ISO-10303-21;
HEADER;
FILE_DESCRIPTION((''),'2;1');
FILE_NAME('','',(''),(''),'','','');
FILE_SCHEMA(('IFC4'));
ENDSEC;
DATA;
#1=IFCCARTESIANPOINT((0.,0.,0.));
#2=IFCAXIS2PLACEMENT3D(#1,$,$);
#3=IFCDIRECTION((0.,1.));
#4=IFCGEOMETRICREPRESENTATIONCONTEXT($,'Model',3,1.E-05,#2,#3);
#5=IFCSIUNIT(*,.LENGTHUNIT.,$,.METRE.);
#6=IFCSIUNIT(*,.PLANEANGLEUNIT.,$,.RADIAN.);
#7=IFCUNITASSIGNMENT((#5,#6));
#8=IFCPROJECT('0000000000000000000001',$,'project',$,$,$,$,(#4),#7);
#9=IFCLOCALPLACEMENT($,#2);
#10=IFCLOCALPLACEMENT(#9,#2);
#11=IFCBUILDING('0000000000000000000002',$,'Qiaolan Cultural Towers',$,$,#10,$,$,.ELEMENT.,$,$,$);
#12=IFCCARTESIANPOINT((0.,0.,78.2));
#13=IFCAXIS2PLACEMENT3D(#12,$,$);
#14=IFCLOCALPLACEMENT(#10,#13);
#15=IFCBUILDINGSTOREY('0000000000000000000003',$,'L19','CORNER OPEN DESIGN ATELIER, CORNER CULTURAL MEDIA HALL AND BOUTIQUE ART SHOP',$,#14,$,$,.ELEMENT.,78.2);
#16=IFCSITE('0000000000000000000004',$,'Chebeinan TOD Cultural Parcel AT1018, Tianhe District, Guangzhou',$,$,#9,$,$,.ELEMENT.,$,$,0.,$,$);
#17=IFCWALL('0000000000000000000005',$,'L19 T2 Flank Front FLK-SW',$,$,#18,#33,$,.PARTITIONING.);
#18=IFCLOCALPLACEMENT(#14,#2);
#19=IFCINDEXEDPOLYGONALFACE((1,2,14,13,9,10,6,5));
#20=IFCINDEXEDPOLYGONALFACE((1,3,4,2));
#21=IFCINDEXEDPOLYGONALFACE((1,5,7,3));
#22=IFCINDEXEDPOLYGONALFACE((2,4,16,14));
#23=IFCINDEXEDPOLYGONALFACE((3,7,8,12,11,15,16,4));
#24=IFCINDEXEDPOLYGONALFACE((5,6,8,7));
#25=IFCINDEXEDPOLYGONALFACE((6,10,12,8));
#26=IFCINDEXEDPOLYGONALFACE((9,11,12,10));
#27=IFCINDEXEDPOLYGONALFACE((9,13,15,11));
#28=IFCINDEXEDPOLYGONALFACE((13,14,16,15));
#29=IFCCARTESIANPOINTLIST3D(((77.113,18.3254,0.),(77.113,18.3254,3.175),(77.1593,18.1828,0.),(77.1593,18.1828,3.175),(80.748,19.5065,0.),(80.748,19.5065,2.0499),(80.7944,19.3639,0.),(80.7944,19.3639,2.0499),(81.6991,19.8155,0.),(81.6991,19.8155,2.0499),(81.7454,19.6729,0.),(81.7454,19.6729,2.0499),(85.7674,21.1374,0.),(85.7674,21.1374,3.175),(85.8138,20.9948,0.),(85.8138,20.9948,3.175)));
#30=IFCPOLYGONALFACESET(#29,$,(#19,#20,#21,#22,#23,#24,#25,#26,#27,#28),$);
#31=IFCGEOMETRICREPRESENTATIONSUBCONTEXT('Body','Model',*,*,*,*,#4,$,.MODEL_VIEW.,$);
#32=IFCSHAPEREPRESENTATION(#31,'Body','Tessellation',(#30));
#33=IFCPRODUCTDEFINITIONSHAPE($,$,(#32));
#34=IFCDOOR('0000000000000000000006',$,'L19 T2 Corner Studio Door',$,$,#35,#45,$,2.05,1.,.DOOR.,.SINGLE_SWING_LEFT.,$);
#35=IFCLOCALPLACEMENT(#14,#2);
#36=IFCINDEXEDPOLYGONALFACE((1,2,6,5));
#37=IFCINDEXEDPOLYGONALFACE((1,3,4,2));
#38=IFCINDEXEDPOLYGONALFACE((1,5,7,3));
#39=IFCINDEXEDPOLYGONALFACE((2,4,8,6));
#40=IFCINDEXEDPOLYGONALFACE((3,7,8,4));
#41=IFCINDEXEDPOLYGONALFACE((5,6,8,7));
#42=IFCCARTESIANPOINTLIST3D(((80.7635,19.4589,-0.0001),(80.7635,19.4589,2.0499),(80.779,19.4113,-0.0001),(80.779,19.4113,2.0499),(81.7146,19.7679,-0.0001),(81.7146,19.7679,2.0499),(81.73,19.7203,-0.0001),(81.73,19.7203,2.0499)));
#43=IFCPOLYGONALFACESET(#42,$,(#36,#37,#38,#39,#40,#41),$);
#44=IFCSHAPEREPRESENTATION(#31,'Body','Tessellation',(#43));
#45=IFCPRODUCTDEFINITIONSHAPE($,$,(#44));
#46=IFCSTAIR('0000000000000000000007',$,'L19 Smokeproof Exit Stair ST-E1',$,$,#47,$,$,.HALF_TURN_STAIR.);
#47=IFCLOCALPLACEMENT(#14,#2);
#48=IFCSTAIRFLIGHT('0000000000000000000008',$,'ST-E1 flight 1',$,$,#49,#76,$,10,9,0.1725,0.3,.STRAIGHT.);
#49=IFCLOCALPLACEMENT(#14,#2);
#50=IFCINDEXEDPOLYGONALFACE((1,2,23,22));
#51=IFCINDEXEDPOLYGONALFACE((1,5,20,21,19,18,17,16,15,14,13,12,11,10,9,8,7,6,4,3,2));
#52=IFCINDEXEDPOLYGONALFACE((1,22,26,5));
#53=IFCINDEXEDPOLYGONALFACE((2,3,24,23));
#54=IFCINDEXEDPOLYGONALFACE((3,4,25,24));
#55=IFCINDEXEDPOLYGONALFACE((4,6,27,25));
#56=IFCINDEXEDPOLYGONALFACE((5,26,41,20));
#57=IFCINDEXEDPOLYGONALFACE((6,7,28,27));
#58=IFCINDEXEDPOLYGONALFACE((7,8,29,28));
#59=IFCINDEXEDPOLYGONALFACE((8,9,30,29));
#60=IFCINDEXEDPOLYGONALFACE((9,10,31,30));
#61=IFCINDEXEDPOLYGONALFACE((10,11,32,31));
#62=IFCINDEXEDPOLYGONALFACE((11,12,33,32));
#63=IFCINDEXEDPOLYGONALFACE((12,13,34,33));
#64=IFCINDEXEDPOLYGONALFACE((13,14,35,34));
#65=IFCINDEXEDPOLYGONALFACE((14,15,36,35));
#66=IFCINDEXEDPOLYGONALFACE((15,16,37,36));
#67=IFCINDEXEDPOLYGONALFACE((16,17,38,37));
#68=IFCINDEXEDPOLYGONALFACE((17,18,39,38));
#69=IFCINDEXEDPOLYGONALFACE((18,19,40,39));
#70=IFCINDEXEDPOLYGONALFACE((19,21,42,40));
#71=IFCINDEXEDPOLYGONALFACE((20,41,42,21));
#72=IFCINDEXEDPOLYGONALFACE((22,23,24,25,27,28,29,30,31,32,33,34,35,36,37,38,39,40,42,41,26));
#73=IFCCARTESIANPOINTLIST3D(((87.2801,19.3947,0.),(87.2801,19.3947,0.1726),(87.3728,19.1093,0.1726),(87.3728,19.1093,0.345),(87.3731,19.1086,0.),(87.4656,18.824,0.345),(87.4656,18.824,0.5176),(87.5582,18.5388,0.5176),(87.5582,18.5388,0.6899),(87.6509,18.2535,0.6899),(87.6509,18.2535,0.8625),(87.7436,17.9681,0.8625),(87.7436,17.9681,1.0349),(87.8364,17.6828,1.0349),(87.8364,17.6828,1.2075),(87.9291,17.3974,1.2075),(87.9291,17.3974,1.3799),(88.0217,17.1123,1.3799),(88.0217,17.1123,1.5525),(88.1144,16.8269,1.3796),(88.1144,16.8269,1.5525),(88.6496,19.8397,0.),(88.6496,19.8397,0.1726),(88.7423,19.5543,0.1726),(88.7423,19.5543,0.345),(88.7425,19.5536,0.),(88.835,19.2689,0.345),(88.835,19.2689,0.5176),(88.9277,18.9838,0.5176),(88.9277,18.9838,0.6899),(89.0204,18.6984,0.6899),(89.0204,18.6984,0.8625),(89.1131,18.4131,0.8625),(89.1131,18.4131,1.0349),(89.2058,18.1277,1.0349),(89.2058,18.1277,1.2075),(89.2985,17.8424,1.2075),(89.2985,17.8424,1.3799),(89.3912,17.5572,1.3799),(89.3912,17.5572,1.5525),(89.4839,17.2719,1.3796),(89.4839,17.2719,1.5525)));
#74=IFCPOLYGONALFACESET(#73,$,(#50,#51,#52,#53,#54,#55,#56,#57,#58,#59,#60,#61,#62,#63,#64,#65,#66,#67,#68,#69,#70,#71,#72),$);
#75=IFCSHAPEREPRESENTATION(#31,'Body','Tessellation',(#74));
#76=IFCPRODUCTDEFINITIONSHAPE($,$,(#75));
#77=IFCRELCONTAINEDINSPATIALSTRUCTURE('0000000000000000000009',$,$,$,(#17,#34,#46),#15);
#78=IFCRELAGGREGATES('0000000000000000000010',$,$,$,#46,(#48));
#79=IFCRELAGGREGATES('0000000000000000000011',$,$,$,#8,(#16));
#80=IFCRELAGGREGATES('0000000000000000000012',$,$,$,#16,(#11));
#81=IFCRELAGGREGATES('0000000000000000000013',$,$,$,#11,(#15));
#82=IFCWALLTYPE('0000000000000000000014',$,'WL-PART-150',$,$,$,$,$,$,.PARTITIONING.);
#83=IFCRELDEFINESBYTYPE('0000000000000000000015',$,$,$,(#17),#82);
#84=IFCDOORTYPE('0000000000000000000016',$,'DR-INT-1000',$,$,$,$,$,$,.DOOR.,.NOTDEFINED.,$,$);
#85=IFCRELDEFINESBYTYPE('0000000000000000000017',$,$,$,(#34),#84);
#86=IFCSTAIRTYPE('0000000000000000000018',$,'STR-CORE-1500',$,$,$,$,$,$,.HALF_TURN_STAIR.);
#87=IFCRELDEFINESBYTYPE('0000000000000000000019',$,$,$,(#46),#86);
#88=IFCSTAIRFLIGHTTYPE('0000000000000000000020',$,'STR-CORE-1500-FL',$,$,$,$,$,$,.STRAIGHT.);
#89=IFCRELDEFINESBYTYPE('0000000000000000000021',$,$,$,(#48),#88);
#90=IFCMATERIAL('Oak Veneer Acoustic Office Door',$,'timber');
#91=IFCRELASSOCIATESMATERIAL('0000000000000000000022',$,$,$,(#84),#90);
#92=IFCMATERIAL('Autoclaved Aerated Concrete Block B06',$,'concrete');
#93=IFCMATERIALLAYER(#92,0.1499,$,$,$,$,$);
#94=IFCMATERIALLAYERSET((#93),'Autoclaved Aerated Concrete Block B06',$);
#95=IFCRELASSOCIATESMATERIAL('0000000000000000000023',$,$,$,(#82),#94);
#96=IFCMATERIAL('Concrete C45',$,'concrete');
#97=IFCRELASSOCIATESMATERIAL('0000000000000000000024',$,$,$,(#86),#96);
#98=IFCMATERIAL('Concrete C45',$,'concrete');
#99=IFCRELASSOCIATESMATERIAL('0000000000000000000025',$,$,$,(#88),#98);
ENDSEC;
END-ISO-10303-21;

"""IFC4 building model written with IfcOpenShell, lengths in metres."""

from ifc_helpers import new_model, si_unit, direction, frame, frame_2d, origin, place, context, subcontext, project, spatial, polyline, rectangle, outline, extrude, material, layer, layer_set, type_object, element, fill, aggregate, save


model = new_model("IFC4")

# Units and contexts
model_context = context("Model", 3, precision=1e-05, world=origin(), true_north=direction((0.0, 1.0)))
body_context = subcontext(model_context, "Body", "Model", "MODEL_VIEW")
ifc_project = project(units=[si_unit("LENGTHUNIT", "METRE"), si_unit("PLANEANGLEUNIT", "RADIAN")], contexts=[model_context])

# Site, building, storey
site_placement = place(None, origin())
site = spatial("IfcSite", under=ifc_project, at=site_placement, Name="Chebeinan TOD Cultural Parcel AT1018, Tianhe District, Guangzhou", CompositionType="ELEMENT", RefElevation=0.0)
building_placement = place(site_placement, origin())
building = spatial("IfcBuilding", under=site, at=building_placement, Name="Qiaolan Cultural Towers", CompositionType="ELEMENT")
storey_placement = place(building_placement, frame((0.0, 0.0, 78.2)))
storey = spatial("IfcBuildingStorey", under=building, at=storey_placement, Name="L19", Description="CORNER OPEN DESIGN ATELIER, CORNER CULTURAL MEDIA HALL AND BOUTIQUE ART SHOP", CompositionType="ELEMENT", Elevation=78.2)

# Shared definitions
ifc_material_1 = material(Name="Oak Veneer Acoustic Office Door", Category="timber")
door_type = type_object("IfcDoorType", Name="DR-INT-1000", OperationType="NOTDEFINED", PredefinedType="DOOR", material=ifc_material_1)

# Wall, opening, door
ifc_material_2 = material(Name="Autoclaved Aerated Concrete Block B06", Category="concrete")
ifc_layer_1 = layer(ifc_material_2, 0.1499)
ifc_layer_set_1 = layer_set([ifc_layer_1], Name="Autoclaved Aerated Concrete Block B06")
wall_type_1 = type_object("IfcWallType", Name="WL-PART-150", PredefinedType="PARTITIONING", material=ifc_layer_set_1)
wall_1_placement = place(storey_placement, frame((77.1362, 18.2542, 0.0), z_axis=(0.0, 0.0, 1.0), x_axis=(0.951057, 0.309015, 0.0)))
wall_1 = element("IfcWall", 1, at=wall_1_placement, inside=storey, type_object=wall_type_1, Name="L19 T2 Flank Front FLK-SW", PredefinedType="PARTITIONING", context=body_context, shape_type="SweptSolid", body=[
    extrude(rectangle(XDim=9.0999, YDim=0.1499, at=frame_2d((4.5498, 0.0))), origin(), (0.0, 0.0, 1.0), 3.175),
])
opening_1_placement = place(wall_1_placement, frame((3.822, 0.0, 0.0)))
opening_1 = element("IfcOpeningElement", 2, at=opening_1_placement, cuts=wall_1, PredefinedType="OPENING", context=body_context, shape_type="SweptSolid", body=[
    extrude(rectangle(XDim=1.0, YDim=2.05, at=frame_2d((0.5, 1.0249))), frame((0.0, 0.085, 0.0), z_axis=(0.0, -1.0, 0.0), x_axis=(1.0, 0.0, 0.0)), (0.0, 0.0, 1.0), 0.1699),
])
door_1_placement = place(opening_1_placement, origin())
door_1 = element("IfcDoor", 3, at=door_1_placement, inside=storey, type_object=door_type, Name="L19 T2 Corner Studio Door", OperationType="SINGLE_SWING_LEFT", OverallHeight=2.05, OverallWidth=1.0, PredefinedType="DOOR", context=body_context, shape_type="SweptSolid", body=[
    extrude(rectangle(XDim=1.0, YDim=2.05, at=frame_2d((0.5, 1.0249))), frame((0.0, 0.0249, 0.0), z_axis=(0.0, -1.0, 0.0), x_axis=(1.0, 0.0, 0.0)), (0.0, 0.0, 1.0), 0.05),
])
fill(opening_1, door_1)

# Stair, stair flight
ifc_material_3 = material(Name="Concrete C45", Category="concrete")
stair_type = type_object("IfcStairType", Name="STR-CORE-1500", PredefinedType="HALF_TURN_STAIR", material=ifc_material_3)
stair_placement = place(storey_placement, origin())
stair = element("IfcStair", 4, at=stair_placement, inside=storey, type_object=stair_type, Name="L19 Smokeproof Exit Stair ST-E1", PredefinedType="HALF_TURN_STAIR")
ifc_material_4 = material(Name="Concrete C45", Category="concrete")
stair_flight_type = type_object("IfcStairFlightType", Name="STR-CORE-1500-FL", PredefinedType="STRAIGHT", material=ifc_material_4)
stair_flight_placement = place(storey_placement, frame((87.9648, 19.6172, 0.0), z_axis=(0.0, 0.0, 1.0), x_axis=(0.309017, -0.951057, 0.0)))
stair_flight = element("IfcStairFlight", 5, at=stair_flight_placement, type_object=stair_flight_type, Name="ST-E1 flight 1", NumberOfRisers=10, NumberOfTreads=9, PredefinedType="STRAIGHT", RiserHeight=0.1725, TreadLength=0.3, context=body_context, shape_type="SweptSolid", body=[
    extrude(outline(polyline([(0.0, 0.0), (0.0, 0.1726), (0.3, 0.1726), (0.3, 0.345), (0.6001, 0.345), (0.6001, 0.5176), (0.8999, 0.5176), (0.8999, 0.6899), (1.2, 0.6899), (1.2, 0.8625), (1.5, 0.8625), (1.5, 1.0349), (1.8, 1.0349), (1.8, 1.2075), (2.1001, 1.2075), (2.1001, 1.3799), (2.3999, 1.3799), (2.3999, 1.5525), (2.7, 1.5525), (2.7, 1.7251), (2.7, 1.3796), (0.3008, 0.0), (0.0, 0.0)])), frame((0.0, 0.72, 0.0), z_axis=(0.0, -1.0, 0.0), x_axis=(1.0, 0.0, 0.0)), (0.0, 0.0, 1.0), 1.4399),
])
aggregate(stair, [stair_flight])

save(model, "model.ifc")
